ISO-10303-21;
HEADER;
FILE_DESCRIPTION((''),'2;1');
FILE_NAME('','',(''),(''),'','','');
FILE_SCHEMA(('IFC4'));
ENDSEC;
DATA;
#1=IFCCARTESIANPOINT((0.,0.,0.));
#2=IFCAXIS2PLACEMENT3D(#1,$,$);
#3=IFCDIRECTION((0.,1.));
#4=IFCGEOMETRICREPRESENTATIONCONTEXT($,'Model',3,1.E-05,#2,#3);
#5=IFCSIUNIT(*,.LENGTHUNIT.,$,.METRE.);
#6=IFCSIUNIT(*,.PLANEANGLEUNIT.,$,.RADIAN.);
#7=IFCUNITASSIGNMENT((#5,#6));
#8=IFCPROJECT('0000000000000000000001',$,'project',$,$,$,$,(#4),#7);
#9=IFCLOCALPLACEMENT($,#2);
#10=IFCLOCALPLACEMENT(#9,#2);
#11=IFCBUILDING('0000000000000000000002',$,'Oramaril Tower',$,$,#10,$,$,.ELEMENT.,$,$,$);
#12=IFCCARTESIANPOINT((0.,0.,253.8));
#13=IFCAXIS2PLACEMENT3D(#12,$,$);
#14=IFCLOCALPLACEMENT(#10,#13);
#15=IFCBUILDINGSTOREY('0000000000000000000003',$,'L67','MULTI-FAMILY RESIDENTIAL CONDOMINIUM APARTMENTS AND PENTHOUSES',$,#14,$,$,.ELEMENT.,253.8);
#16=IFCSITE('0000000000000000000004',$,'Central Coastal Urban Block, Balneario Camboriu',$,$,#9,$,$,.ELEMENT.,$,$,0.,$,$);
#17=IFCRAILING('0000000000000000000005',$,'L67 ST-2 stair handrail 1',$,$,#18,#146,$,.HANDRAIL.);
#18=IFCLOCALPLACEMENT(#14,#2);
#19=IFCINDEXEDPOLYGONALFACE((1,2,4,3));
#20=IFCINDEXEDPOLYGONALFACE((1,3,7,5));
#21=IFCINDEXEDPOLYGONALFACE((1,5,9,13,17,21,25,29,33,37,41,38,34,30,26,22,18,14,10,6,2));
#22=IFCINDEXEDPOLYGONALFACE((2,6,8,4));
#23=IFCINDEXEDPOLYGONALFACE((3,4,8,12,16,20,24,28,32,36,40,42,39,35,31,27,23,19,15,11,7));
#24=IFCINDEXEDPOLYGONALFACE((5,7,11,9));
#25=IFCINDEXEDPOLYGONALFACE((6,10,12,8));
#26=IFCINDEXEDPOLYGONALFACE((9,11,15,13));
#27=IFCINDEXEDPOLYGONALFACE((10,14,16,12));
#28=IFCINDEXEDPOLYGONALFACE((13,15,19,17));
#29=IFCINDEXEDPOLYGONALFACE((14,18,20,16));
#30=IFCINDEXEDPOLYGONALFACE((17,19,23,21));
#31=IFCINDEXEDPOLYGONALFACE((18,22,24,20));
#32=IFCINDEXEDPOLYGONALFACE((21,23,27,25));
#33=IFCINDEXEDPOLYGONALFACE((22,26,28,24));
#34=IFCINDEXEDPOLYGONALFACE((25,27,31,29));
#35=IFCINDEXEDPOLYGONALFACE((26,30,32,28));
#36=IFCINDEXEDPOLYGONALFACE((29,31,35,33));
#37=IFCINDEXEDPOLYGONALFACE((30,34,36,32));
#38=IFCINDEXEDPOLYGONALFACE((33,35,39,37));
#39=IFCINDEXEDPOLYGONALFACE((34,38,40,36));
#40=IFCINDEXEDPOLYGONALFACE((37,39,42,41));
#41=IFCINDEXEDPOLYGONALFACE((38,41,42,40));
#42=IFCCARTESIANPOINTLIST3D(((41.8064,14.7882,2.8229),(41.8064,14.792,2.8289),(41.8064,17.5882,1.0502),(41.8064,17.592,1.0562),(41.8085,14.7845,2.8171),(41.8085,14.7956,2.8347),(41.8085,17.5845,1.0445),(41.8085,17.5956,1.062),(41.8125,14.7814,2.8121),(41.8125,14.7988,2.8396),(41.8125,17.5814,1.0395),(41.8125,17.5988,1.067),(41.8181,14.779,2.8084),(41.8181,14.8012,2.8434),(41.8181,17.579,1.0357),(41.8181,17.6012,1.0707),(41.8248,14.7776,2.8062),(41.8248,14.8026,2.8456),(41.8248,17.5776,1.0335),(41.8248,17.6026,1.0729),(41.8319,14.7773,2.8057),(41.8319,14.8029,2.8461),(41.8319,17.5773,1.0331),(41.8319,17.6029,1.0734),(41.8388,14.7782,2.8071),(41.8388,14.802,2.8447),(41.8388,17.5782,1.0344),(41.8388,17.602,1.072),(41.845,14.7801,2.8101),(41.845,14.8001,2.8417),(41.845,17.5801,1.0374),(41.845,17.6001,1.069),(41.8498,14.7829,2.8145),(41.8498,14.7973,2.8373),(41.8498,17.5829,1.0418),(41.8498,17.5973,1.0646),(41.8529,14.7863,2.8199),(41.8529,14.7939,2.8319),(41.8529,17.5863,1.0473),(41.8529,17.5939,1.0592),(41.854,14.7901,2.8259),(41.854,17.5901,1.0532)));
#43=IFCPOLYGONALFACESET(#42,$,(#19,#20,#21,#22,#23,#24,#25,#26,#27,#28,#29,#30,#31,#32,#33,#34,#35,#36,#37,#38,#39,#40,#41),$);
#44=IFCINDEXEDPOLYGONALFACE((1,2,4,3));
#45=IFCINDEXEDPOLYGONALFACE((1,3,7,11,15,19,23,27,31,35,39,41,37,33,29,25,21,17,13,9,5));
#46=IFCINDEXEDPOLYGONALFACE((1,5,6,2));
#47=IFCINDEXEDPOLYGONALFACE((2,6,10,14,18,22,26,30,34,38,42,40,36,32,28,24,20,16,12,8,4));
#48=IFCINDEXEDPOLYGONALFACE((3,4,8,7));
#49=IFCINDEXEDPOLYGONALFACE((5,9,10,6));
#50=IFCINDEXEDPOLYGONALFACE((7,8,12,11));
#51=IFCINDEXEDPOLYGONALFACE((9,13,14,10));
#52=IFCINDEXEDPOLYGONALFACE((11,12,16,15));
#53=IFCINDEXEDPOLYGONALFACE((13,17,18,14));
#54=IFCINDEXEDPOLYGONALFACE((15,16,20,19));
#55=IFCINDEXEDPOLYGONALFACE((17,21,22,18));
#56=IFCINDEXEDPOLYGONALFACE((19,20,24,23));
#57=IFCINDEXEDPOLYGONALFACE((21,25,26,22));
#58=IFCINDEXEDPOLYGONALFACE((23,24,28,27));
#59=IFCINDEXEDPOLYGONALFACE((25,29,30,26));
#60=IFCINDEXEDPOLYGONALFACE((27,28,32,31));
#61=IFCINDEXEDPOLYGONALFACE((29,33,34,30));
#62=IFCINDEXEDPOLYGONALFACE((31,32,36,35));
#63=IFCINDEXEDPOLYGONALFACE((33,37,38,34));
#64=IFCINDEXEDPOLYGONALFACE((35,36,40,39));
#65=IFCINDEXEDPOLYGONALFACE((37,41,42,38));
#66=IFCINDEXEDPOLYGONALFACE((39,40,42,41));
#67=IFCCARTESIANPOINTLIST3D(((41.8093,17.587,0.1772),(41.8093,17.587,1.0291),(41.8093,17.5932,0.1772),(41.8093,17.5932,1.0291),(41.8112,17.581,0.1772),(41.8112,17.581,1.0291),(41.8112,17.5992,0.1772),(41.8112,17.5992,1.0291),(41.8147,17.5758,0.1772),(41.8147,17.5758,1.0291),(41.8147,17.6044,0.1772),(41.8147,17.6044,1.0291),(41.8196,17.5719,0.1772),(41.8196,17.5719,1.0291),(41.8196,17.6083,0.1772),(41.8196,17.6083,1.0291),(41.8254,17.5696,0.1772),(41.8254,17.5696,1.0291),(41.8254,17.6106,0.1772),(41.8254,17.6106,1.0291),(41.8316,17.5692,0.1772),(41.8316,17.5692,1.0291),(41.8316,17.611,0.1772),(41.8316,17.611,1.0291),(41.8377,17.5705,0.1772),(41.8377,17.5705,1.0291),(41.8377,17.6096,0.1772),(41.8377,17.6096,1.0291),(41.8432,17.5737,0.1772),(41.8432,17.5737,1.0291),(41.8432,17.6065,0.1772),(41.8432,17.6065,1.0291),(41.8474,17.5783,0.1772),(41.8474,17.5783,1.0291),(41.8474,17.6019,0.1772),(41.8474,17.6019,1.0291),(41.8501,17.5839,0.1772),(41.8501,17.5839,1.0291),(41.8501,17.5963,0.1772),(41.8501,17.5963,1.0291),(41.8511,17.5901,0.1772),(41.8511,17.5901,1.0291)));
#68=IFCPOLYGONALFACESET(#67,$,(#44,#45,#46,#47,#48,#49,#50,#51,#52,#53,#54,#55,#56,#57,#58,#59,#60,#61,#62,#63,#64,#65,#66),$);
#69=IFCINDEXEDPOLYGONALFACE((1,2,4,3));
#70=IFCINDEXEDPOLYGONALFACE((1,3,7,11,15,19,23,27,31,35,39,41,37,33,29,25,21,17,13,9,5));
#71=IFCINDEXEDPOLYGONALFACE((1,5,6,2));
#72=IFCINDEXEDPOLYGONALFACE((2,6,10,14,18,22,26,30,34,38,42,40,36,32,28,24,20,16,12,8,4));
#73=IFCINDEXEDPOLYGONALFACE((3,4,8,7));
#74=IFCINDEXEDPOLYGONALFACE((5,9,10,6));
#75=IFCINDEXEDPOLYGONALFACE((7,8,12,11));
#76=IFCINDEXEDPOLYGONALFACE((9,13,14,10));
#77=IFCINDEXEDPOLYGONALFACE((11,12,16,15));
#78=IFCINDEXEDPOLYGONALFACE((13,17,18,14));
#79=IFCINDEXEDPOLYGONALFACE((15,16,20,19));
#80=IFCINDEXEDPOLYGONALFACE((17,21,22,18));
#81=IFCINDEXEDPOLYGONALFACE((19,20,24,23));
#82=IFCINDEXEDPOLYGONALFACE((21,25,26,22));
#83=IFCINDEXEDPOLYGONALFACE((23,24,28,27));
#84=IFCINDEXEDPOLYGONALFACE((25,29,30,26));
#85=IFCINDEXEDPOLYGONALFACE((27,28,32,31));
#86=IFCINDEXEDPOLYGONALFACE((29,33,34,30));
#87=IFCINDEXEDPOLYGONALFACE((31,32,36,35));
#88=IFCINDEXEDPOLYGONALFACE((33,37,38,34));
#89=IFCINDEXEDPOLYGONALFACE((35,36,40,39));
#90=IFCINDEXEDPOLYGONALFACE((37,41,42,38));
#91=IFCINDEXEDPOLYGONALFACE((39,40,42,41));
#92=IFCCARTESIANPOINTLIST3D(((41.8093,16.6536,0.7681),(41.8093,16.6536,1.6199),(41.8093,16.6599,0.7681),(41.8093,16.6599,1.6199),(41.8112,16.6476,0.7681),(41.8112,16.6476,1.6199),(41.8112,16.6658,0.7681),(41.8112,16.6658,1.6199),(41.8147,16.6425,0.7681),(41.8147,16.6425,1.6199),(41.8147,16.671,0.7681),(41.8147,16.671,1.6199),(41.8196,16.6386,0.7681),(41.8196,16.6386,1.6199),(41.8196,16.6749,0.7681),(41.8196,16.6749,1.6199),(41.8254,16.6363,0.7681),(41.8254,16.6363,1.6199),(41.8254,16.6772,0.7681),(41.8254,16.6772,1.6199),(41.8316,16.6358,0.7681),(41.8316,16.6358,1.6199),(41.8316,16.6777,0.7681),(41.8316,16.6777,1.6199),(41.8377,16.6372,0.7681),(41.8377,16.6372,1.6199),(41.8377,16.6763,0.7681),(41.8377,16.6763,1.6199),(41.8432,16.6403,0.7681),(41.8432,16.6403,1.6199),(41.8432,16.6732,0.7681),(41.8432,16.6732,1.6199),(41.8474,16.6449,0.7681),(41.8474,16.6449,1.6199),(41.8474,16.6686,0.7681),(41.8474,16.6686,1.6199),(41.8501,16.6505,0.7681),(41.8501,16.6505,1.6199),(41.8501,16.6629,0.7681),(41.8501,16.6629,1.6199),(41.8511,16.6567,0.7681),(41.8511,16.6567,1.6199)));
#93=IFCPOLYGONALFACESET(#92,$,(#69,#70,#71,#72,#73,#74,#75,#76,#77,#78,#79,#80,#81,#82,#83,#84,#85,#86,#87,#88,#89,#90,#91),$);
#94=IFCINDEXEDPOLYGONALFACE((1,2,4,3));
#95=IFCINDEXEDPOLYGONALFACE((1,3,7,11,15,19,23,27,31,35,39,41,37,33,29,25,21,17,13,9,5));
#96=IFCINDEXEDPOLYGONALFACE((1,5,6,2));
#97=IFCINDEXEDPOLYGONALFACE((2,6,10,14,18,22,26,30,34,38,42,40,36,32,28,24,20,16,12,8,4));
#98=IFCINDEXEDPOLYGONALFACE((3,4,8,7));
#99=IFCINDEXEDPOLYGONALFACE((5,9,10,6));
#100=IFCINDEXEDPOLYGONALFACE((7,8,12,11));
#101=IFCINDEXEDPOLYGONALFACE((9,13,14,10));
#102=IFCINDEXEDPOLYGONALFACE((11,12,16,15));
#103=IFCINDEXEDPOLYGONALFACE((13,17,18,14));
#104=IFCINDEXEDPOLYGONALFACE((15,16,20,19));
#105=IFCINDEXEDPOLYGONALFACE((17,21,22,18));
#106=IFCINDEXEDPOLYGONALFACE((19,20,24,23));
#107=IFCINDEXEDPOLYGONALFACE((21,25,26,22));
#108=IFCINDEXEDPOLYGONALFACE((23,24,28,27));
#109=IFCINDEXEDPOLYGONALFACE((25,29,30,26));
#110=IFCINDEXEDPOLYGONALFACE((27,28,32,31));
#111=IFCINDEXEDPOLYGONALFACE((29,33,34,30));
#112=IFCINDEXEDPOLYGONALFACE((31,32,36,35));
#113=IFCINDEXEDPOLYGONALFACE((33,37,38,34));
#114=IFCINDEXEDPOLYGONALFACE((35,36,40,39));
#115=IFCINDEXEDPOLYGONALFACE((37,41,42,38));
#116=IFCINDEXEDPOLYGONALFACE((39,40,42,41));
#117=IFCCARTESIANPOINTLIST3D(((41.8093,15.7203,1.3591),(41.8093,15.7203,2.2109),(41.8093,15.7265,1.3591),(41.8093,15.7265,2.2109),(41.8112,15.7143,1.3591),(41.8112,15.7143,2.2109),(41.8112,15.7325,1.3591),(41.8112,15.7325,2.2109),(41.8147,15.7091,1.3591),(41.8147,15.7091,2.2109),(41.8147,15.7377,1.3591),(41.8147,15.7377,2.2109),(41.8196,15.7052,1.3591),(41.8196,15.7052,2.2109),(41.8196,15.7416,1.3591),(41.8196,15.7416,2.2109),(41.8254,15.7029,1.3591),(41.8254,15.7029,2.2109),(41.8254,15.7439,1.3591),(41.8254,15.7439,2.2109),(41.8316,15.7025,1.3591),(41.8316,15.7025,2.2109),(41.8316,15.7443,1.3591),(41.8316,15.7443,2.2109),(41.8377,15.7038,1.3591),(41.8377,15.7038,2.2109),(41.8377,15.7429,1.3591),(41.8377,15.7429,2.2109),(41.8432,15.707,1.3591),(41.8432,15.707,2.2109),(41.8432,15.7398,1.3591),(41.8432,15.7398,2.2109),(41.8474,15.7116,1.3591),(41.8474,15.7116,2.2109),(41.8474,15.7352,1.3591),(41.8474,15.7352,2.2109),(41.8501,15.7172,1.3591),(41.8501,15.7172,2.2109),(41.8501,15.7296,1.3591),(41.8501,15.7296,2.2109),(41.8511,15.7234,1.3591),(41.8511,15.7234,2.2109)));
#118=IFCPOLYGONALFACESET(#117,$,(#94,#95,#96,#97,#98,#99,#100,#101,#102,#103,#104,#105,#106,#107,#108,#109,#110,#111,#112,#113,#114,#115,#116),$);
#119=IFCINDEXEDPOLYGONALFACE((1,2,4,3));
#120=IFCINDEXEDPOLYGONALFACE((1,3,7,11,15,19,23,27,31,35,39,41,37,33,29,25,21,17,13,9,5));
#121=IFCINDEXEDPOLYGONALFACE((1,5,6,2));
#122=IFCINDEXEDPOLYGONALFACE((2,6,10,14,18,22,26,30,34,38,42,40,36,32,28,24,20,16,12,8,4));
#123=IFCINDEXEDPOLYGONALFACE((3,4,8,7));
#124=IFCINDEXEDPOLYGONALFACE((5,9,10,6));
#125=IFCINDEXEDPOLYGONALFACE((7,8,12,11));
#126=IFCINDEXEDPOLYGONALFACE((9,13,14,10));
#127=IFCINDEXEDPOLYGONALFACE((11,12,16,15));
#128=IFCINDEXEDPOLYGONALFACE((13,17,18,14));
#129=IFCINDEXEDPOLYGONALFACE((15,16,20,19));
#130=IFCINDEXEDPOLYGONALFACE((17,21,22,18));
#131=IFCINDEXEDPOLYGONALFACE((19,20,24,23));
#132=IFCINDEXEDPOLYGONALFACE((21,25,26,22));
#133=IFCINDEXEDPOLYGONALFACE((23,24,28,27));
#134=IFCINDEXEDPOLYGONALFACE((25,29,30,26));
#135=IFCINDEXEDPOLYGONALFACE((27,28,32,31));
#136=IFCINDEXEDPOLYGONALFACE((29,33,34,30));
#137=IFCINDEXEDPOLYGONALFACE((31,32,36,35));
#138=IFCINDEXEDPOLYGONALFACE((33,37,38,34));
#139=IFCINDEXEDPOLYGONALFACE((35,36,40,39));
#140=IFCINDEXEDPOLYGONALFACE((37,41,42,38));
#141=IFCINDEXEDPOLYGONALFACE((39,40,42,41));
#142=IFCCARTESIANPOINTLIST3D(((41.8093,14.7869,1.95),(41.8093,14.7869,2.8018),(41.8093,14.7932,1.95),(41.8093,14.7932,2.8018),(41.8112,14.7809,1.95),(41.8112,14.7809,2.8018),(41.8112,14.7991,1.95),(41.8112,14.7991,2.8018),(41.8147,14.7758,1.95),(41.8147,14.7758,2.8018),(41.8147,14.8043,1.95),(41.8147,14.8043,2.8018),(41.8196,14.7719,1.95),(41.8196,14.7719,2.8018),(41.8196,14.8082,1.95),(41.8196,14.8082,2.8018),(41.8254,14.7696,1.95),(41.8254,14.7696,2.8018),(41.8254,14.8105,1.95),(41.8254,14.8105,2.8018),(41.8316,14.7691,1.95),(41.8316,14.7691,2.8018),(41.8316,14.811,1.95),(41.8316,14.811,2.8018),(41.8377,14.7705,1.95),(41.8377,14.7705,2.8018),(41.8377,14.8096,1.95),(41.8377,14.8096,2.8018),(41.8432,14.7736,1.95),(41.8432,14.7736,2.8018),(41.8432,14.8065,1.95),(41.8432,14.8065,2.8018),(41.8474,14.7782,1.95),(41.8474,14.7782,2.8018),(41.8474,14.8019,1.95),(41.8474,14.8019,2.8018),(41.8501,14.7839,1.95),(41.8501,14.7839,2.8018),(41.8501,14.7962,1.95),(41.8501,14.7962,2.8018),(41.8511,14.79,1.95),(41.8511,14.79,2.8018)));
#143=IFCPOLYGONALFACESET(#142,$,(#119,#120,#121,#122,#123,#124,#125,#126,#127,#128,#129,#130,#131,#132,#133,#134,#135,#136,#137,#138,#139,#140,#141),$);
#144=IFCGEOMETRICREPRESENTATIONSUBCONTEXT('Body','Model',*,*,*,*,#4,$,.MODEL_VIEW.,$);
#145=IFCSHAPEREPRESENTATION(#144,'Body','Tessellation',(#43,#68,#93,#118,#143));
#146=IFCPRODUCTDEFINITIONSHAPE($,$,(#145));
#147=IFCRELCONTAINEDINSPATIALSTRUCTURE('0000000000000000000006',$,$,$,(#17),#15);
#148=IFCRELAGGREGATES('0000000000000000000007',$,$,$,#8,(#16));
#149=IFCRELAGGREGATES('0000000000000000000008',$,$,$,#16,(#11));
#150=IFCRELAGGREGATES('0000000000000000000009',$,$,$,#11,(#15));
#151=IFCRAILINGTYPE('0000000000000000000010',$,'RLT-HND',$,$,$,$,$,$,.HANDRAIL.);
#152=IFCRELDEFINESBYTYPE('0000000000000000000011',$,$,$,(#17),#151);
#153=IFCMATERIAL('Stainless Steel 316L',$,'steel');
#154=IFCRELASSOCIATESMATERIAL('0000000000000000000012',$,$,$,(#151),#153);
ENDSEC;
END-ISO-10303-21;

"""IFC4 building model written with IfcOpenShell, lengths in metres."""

from ifc_helpers import new_model, si_unit, direction, frame, origin, origin_2d, place, context, subcontext, project, spatial, circle, extrude, material, type_object, element, save


model = new_model("IFC4")

# Units and contexts
model_context = context("Model", 3, precision=1e-05, world=origin(), true_north=direction((0.0, 1.0)))
body_context = subcontext(model_context, "Body", "Model", "MODEL_VIEW")
ifc_project = project(units=[si_unit("LENGTHUNIT", "METRE"), si_unit("PLANEANGLEUNIT", "RADIAN")], contexts=[model_context])

# Site, building, storey
site_placement = place(None, origin())
site = spatial("IfcSite", under=ifc_project, at=site_placement, Name="Central Coastal Urban Block, Balneario Camboriu", CompositionType="ELEMENT", RefElevation=0.0)
building_placement = place(site_placement, origin())
building = spatial("IfcBuilding", under=site, at=building_placement, Name="Oramaril Tower", CompositionType="ELEMENT")
storey_placement = place(building_placement, frame((0.0, 0.0, 253.8)))
storey = spatial("IfcBuildingStorey", under=building, at=storey_placement, Name="L67", Description="MULTI-FAMILY RESIDENTIAL CONDOMINIUM APARTMENTS AND PENTHOUSES", CompositionType="ELEMENT", Elevation=253.8)

# Railing
ifc_material_1 = material(Name="Stainless Steel 316L", Category="steel")
railing_type_1 = type_object("IfcRailingType", Name="RLT-HND", PredefinedType="HANDRAIL", material=ifc_material_1)
railing_1_placement = place(storey_placement, frame((41.8301, 17.5901, 0.1772)))
element("IfcRailing", 1, at=railing_1_placement, inside=storey, type_object=railing_type_1, Name="L67 ST-2 stair handrail 1", PredefinedType="HANDRAIL", context=body_context, shape_type="SweptSolid", body=[
    extrude(circle(Radius=0.0239, at=origin_2d()), frame((0.0, 0.0, 0.876), z_axis=(0.0, -0.844909, 0.53491), x_axis=(1.0, 0.0, 0.0)), (0.0, 0.0, 1.0), 3.314),
    extrude(circle(Radius=0.021, at=origin_2d()), origin(), (0.0, 0.0, 1.0), 0.8518),
    extrude(circle(Radius=0.021, at=origin_2d()), frame((0.0, -0.9333, 0.5908)), (0.0, 0.0, 1.0), 0.8518),
    extrude(circle(Radius=0.021, at=origin_2d()), frame((0.0, -1.8667, 1.1819)), (0.0, 0.0, 1.0), 0.8518),
    extrude(circle(Radius=0.021, at=origin_2d()), frame((0.0, -2.8, 1.7727)), (0.0, 0.0, 1.0), 0.8518),
])

save(model, "model.ifc")
